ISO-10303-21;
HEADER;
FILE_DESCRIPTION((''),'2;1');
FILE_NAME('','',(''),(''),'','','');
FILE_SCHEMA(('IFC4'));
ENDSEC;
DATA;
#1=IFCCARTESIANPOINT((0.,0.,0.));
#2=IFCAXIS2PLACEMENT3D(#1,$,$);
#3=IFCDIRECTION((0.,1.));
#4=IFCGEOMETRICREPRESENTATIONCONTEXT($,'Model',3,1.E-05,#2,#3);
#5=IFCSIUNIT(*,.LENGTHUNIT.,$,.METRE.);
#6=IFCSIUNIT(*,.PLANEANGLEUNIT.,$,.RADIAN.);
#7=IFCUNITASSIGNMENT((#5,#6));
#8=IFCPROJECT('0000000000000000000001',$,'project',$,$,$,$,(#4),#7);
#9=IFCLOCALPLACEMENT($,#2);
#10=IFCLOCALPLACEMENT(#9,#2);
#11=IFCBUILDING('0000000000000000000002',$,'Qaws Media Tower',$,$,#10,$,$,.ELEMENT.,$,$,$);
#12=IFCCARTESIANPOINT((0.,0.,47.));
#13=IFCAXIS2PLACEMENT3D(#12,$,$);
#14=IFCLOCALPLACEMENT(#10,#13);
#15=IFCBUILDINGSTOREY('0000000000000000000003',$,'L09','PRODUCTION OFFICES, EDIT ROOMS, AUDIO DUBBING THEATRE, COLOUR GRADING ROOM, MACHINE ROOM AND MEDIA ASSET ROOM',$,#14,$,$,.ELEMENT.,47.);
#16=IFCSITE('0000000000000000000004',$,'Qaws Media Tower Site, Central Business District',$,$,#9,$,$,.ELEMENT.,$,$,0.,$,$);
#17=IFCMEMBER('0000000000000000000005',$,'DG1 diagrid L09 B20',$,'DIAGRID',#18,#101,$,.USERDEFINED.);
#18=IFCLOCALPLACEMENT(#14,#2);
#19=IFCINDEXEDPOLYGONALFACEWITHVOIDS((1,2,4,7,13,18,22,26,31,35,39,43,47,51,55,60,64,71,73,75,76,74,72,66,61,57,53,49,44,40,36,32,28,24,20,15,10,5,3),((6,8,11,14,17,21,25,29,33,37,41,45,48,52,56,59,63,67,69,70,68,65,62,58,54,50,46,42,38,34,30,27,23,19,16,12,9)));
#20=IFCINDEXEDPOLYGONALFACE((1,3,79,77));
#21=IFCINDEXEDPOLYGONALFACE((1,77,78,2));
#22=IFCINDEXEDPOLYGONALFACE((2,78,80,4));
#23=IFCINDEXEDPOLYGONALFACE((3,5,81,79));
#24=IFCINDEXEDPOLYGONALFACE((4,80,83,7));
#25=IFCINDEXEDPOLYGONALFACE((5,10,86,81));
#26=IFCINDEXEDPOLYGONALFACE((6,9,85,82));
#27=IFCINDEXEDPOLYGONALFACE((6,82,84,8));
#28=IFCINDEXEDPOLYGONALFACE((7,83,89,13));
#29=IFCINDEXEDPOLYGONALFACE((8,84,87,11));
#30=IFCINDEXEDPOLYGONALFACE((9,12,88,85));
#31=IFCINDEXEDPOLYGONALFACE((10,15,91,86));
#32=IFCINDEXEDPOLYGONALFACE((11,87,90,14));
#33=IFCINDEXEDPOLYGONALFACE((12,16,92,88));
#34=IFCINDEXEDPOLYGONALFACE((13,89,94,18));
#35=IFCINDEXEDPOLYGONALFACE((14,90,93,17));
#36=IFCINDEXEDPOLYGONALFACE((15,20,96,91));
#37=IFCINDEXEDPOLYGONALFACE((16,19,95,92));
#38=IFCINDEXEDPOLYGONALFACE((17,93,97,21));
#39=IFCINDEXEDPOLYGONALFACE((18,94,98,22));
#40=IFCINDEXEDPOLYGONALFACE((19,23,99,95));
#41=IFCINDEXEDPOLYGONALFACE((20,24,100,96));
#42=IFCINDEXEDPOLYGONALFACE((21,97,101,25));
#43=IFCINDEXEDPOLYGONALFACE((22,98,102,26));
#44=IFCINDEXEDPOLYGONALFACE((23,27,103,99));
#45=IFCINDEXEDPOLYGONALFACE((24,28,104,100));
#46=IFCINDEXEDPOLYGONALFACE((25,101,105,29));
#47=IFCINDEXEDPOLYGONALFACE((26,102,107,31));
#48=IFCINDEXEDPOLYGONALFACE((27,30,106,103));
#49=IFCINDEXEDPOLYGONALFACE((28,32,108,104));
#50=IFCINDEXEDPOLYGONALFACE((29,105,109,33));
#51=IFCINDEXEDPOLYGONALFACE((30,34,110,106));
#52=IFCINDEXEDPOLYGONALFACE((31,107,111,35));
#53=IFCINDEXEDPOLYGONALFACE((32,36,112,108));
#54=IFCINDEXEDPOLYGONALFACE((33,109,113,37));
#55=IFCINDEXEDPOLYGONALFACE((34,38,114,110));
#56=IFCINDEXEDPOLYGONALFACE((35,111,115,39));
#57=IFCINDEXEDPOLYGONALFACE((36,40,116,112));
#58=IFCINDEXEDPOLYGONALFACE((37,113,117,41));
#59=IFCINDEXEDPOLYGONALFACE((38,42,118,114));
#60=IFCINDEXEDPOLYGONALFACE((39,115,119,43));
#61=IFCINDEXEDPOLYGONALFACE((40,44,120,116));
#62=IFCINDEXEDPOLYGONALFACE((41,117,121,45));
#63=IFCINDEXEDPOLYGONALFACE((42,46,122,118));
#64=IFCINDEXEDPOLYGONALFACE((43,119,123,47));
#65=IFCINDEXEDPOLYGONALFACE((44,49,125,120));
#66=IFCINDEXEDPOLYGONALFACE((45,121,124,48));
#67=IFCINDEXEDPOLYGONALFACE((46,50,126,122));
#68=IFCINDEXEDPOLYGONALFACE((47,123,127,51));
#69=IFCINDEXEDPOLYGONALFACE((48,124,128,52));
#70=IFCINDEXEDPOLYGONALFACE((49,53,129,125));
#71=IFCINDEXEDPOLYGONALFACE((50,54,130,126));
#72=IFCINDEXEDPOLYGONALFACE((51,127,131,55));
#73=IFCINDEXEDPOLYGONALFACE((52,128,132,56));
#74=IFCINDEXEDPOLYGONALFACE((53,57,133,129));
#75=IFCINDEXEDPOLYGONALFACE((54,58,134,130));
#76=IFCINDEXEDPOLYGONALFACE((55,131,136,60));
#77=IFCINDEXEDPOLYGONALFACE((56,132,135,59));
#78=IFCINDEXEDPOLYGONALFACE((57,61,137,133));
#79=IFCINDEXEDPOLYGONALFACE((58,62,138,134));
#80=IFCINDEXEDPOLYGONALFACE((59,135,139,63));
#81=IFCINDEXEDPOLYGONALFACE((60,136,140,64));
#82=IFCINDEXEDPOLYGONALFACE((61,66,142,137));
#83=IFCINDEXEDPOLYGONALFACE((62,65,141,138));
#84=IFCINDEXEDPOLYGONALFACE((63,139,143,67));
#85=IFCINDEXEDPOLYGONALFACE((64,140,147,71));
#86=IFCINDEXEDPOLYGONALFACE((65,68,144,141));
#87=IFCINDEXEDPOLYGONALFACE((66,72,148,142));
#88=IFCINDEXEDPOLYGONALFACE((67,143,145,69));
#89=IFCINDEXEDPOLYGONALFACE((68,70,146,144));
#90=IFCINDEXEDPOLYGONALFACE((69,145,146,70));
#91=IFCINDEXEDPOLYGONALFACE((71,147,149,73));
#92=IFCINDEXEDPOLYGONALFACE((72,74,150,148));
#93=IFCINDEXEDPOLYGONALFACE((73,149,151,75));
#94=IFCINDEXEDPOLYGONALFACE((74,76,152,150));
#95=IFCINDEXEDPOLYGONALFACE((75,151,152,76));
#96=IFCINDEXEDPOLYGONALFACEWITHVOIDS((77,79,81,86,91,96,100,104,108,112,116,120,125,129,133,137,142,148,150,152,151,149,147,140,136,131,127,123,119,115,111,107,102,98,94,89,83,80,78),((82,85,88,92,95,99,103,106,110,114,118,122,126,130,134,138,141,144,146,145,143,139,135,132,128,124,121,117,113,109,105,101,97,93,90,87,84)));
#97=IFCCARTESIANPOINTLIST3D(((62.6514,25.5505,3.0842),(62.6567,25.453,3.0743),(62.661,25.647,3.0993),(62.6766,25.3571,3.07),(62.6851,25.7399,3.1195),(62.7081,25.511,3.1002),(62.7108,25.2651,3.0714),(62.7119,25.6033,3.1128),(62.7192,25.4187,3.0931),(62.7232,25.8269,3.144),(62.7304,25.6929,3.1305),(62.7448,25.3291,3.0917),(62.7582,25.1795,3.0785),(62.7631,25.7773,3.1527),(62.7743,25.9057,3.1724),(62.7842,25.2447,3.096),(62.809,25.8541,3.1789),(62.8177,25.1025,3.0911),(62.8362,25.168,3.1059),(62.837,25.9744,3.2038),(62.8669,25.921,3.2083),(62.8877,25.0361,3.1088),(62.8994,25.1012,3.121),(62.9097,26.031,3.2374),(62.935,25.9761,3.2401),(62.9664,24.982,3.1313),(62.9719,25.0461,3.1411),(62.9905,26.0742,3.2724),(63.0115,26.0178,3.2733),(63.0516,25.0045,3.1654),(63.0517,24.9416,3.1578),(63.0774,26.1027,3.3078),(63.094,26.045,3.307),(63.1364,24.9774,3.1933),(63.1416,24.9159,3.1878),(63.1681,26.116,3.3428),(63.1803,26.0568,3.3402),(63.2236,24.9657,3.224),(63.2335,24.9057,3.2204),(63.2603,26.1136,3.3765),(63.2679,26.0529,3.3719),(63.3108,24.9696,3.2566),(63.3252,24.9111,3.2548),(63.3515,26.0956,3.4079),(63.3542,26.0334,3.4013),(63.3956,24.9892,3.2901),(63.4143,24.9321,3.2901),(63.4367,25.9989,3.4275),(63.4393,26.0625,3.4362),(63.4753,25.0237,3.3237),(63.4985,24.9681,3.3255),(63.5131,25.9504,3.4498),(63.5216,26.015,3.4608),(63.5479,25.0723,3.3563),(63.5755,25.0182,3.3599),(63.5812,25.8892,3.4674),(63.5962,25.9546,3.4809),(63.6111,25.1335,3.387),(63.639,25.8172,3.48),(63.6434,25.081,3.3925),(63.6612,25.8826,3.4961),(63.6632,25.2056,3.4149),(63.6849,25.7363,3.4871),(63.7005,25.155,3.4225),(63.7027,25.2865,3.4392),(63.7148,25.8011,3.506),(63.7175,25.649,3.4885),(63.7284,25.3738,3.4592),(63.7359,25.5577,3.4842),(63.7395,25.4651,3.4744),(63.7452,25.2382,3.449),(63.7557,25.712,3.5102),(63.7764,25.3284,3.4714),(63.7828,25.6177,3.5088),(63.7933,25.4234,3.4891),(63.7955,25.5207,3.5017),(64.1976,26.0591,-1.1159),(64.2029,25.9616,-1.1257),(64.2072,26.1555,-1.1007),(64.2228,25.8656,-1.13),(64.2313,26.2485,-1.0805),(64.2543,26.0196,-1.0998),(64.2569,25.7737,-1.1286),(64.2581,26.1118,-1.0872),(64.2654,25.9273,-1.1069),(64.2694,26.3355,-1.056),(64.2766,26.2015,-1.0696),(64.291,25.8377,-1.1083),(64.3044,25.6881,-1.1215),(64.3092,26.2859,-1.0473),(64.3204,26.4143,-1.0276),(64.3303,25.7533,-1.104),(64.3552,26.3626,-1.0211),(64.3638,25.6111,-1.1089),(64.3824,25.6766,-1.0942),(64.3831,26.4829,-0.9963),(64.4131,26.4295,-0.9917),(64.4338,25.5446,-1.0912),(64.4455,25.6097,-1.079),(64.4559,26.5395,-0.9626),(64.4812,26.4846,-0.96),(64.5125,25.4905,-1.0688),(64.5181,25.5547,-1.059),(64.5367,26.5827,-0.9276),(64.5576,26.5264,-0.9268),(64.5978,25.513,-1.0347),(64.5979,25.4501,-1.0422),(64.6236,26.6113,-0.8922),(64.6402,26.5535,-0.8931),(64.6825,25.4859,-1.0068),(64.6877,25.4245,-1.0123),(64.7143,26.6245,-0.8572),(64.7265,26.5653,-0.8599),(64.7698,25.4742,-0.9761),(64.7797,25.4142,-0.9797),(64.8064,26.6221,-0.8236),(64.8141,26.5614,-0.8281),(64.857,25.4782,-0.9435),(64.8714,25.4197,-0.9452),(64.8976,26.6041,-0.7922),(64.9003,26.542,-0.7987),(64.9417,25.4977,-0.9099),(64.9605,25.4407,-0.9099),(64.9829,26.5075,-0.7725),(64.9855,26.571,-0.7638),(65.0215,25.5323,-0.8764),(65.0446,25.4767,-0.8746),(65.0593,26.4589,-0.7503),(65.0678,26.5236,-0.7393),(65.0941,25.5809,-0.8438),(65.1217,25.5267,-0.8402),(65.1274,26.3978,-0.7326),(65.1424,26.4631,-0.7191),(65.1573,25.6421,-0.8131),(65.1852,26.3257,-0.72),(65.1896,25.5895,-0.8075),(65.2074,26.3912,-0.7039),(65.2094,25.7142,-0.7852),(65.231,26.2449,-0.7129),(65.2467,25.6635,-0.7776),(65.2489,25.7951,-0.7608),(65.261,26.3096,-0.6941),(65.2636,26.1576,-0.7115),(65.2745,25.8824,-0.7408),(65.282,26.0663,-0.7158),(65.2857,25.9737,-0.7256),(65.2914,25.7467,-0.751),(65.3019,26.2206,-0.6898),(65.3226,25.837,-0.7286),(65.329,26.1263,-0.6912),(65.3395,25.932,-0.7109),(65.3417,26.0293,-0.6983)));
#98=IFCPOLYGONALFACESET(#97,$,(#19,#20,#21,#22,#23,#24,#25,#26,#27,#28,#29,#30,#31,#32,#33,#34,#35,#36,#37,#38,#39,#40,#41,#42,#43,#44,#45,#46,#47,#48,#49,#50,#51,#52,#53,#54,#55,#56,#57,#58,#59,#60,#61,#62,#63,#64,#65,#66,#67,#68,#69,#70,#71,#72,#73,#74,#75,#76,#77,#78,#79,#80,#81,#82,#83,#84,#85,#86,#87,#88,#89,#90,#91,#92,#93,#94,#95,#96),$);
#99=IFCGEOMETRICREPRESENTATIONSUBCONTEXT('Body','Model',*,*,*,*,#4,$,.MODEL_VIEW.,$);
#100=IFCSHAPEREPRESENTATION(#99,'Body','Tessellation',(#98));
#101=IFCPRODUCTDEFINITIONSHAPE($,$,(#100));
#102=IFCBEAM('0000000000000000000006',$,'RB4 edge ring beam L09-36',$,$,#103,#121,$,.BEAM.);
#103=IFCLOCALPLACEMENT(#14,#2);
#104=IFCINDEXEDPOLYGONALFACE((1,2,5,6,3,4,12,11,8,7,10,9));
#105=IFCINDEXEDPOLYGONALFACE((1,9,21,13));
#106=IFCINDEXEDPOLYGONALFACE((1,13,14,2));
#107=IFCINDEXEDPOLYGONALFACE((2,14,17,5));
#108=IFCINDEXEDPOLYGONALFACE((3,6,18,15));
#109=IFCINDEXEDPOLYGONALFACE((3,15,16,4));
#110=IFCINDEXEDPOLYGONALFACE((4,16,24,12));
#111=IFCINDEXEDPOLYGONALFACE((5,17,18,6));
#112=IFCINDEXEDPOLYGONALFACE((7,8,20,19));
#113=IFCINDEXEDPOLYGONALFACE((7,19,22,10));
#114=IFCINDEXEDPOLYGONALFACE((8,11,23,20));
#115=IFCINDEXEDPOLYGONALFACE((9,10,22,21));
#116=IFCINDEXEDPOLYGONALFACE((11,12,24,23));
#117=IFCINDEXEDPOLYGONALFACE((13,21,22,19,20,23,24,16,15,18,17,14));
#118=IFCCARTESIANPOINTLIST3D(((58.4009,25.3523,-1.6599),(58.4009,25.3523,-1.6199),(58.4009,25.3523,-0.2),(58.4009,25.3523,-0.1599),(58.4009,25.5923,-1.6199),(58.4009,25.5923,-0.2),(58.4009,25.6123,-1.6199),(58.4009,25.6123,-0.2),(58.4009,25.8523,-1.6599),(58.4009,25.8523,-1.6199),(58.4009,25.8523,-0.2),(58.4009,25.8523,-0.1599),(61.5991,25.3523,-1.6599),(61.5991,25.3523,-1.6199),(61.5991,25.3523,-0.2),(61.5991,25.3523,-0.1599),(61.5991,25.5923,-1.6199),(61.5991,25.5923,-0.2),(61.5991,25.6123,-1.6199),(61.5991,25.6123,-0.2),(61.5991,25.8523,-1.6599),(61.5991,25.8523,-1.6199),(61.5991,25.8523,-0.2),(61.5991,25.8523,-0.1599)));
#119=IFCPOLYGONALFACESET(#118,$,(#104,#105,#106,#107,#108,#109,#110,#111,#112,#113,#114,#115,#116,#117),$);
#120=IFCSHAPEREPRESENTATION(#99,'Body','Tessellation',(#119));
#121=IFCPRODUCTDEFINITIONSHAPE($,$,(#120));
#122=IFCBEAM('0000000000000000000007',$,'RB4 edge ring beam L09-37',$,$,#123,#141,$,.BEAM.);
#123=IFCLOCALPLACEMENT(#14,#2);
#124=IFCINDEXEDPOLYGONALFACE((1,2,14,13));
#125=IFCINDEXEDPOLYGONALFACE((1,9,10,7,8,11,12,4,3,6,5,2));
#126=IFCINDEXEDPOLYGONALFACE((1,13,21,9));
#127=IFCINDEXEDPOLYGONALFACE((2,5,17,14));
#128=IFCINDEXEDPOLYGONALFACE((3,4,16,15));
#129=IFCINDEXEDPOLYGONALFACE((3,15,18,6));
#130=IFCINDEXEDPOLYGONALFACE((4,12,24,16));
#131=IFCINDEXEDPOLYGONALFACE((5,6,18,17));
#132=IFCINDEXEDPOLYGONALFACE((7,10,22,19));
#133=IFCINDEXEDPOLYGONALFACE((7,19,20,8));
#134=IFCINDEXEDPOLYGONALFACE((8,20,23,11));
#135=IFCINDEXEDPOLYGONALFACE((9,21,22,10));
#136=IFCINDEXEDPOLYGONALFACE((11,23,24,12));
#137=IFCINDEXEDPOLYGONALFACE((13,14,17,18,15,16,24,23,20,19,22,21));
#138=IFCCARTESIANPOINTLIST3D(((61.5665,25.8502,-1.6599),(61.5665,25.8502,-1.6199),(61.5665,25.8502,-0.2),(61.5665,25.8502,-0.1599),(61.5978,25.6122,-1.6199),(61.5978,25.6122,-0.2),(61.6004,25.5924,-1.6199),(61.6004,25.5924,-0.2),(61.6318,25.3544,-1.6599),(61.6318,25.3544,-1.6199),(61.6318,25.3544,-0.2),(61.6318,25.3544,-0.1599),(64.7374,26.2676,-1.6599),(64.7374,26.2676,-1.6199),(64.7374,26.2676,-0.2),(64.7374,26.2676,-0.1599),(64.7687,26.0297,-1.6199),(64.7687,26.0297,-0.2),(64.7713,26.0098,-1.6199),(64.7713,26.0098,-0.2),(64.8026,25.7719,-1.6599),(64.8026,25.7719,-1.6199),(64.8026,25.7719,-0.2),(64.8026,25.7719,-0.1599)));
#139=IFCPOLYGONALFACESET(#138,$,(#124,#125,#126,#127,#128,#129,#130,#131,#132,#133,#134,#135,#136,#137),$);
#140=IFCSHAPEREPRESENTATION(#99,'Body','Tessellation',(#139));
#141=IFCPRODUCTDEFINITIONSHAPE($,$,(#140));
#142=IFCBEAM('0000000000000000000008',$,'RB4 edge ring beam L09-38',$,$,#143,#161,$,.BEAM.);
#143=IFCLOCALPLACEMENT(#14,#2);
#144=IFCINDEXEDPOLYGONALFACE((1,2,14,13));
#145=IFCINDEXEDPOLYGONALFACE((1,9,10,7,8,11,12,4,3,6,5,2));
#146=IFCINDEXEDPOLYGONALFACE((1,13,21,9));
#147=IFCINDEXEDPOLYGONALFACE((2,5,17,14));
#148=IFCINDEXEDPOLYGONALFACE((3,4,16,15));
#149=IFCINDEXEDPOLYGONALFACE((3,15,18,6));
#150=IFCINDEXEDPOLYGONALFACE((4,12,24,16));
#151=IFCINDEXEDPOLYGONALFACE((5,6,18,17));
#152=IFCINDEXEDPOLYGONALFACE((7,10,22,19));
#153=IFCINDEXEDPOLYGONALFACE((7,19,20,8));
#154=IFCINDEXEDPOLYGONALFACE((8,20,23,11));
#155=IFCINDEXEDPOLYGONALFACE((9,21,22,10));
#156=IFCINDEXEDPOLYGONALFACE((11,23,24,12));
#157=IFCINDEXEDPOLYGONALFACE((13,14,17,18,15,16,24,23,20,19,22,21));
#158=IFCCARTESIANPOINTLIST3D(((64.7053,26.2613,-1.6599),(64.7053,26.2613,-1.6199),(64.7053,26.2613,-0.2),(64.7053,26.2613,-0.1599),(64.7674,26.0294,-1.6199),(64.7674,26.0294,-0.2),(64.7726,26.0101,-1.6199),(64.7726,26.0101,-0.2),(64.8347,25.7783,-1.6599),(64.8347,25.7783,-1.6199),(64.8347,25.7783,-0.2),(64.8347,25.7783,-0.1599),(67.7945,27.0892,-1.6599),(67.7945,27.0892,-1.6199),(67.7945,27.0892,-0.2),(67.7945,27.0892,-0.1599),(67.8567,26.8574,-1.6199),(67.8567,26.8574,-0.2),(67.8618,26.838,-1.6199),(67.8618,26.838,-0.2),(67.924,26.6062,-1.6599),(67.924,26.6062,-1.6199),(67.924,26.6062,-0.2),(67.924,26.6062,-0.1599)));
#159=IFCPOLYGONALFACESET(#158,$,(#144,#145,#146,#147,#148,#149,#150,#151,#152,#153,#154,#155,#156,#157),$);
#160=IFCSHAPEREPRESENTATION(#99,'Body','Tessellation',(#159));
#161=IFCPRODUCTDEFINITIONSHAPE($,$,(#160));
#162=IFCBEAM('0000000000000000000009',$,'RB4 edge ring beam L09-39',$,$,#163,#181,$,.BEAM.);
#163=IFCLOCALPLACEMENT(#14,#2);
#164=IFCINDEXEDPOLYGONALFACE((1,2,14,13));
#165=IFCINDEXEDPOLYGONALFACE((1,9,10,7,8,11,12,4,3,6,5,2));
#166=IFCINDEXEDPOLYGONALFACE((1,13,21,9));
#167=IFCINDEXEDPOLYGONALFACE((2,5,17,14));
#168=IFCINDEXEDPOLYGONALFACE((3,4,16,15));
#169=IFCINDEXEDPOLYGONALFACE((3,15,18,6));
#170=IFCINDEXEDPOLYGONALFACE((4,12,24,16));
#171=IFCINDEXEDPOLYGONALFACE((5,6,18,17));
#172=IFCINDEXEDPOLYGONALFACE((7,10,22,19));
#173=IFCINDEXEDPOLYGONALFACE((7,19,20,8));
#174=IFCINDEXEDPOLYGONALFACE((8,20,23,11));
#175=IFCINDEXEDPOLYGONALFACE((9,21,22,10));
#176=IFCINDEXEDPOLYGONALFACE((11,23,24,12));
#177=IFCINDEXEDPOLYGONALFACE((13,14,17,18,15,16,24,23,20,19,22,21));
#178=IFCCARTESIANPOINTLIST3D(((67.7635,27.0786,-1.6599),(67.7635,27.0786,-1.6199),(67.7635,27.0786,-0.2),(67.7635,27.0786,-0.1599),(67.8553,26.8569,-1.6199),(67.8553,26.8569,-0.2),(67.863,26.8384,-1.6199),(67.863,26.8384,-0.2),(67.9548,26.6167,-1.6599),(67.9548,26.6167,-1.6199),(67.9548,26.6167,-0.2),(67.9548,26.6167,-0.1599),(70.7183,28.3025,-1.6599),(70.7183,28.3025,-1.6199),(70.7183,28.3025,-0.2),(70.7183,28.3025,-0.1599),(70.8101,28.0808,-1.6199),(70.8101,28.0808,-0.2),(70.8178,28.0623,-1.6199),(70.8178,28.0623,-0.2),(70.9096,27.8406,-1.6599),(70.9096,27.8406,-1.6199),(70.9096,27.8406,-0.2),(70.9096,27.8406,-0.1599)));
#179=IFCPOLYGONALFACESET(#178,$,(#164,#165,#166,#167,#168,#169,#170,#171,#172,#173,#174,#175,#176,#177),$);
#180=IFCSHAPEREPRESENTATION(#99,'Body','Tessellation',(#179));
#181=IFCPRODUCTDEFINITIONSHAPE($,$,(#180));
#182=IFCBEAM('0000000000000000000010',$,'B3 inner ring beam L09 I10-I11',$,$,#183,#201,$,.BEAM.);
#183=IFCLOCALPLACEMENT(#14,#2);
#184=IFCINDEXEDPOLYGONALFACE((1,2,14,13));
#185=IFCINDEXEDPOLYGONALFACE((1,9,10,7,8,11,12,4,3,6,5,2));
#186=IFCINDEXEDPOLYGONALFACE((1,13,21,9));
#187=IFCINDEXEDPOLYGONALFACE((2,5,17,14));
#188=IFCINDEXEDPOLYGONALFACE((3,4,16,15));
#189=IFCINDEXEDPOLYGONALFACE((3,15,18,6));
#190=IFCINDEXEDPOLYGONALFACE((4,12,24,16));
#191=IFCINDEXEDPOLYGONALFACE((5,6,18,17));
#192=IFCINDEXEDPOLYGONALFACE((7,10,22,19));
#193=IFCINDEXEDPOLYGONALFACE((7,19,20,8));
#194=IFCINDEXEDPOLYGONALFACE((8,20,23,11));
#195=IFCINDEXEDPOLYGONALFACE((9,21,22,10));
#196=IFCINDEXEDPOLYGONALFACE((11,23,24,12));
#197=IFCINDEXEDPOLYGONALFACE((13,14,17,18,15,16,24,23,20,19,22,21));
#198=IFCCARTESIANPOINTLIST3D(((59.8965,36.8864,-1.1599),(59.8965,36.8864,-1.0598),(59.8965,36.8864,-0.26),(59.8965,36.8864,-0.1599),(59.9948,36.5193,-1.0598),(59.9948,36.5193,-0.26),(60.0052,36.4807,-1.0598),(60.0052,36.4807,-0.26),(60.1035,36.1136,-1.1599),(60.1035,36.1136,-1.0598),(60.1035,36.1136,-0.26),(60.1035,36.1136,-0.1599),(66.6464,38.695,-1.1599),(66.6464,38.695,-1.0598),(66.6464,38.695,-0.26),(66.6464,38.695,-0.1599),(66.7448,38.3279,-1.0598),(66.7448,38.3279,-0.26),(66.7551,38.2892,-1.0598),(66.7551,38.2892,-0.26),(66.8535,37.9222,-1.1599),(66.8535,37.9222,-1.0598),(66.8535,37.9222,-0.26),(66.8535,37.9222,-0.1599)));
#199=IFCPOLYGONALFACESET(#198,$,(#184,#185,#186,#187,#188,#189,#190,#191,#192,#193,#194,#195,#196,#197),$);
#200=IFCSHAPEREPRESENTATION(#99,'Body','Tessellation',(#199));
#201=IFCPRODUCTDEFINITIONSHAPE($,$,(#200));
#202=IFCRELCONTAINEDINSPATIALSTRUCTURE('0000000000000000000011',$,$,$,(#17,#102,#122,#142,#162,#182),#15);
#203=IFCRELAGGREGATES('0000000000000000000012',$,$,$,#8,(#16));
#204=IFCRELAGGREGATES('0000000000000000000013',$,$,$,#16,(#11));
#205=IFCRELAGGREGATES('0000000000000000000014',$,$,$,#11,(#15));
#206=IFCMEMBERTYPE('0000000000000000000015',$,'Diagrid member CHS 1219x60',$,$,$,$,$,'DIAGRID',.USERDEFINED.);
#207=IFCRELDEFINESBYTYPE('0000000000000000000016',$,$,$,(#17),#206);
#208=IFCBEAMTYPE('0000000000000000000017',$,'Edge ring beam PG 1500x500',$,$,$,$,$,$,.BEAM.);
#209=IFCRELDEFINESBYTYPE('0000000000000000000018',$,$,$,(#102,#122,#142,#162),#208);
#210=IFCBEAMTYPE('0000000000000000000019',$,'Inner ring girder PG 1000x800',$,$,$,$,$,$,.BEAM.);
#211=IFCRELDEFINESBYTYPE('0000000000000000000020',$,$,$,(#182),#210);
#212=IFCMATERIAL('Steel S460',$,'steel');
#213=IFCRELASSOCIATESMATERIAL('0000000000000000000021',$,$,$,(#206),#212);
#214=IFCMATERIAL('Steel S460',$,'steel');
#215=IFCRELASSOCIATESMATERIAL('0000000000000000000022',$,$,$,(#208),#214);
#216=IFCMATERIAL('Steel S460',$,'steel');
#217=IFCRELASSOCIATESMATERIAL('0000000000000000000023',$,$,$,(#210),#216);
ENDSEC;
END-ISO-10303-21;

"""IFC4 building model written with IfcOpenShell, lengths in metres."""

from ifc_helpers import new_model, si_unit, direction, frame, origin, origin_2d, place, context, subcontext, project, spatial, hollow_circle, i_section, extrude, material, material_profile, profile_set, type_object, element, save


model = new_model("IFC4")

# Units and contexts
model_context = context("Model", 3, precision=1e-05, world=origin(), true_north=direction((0.0, 1.0)))
body_context = subcontext(model_context, "Body", "Model", "MODEL_VIEW")
ifc_project = project(units=[si_unit("LENGTHUNIT", "METRE"), si_unit("PLANEANGLEUNIT", "RADIAN")], contexts=[model_context])

# Site, building, storey
site_placement = place(None, origin())
site = spatial("IfcSite", under=ifc_project, at=site_placement, Name="Qaws Media Tower Site, Central Business District", CompositionType="ELEMENT", RefElevation=0.0)
building_placement = place(site_placement, origin())
building = spatial("IfcBuilding", under=site, at=building_placement, Name="Qaws Media Tower", CompositionType="ELEMENT")
storey_placement = place(building_placement, frame((0.0, 0.0, 47.0)))
storey = spatial("IfcBuildingStorey", under=building, at=storey_placement, Name="L09", Description="PRODUCTION OFFICES, EDIT ROOMS, AUDIO DUBBING THEATRE, COLOUR GRADING ROOM, MACHINE ROOM AND MEDIA ASSET ROOM", CompositionType="ELEMENT", Elevation=47.0)

# Member
ifc_material_1 = material(Name="Steel S460", Category="steel")
ifc_material_profile_1 = material_profile(ifc_material_1, hollow_circle(Radius=0.6096, WallThickness=0.0601, at=origin_2d()), Name="CHS 1219x60")
ifc_profile_set_1 = profile_set([ifc_material_profile_1], Name="Steel S460")
member_type_1 = type_object("IfcMemberType", Name="Diagrid member CHS 1219x60", ElementType="DIAGRID", PredefinedType="USERDEFINED", material=ifc_profile_set_1)
for number, where, z_axis, x_axis, name in (
    (1, (64.77, 26.0198, -0.9099), (-0.343259, -0.112902, 0.93243), (0.312445, -0.949936, 0.0), "DG1 diagrid L09 B20"),
):
    element("IfcMember", number, at=place(storey_placement, frame(where, z_axis=z_axis, x_axis=x_axis)), inside=storey, type_object=member_type_1, Name=name, ObjectType="DIAGRID", PredefinedType="USERDEFINED", context=body_context, shape_type="SweptSolid", body=[
        extrude(hollow_circle(Radius=0.6096, WallThickness=0.0601, at=origin_2d()), origin(), (0.0, 0.0, 1.0), 4.5044),
    ])

# Beams
ifc_material_2 = material(Name="Steel S460", Category="steel")
ifc_material_profile_2 = material_profile(ifc_material_2, i_section(OverallWidth=0.5, OverallDepth=1.5, WebThickness=0.02, FlangeThickness=0.04, at=origin_2d()), Name="PG 1500x500")
ifc_profile_set_2 = profile_set([ifc_material_profile_2], Name="Steel S460")
beam_type_1 = type_object("IfcBeamType", Name="Edge ring beam PG 1500x500", PredefinedType="BEAM", material=ifc_profile_set_2)
for number, where, z_axis, x_axis, name in (
    (2, (58.4009, 25.6023, -0.9099), (1.0, 0.0, 0.0), (0.0, 1.0, 0.0), "RB4 edge ring beam L09-36"),
    (3, (61.5991, 25.6023, -0.9099), (0.991444, 0.130533, 0.0), (-0.130533, 0.991444, 0.0), "RB4 edge ring beam L09-37"),
    (4, (64.77, 26.0198, -0.9099), (0.965914, 0.258865, 0.0), (-0.258865, 0.965914, 0.0), "RB4 edge ring beam L09-38"),
    (5, (67.8591, 26.8477, -0.9099), (0.923886, 0.382669, 0.0), (-0.382669, 0.923886, 0.0), "RB4 edge ring beam L09-39"),
):
    element("IfcBeam", number, at=place(storey_placement, frame(where, z_axis=z_axis, x_axis=x_axis)), inside=storey, type_object=beam_type_1, Name=name, PredefinedType="BEAM", context=body_context, shape_type="SweptSolid", body=[
        extrude(i_section(OverallWidth=0.5, OverallDepth=1.5, WebThickness=0.02, FlangeThickness=0.04, at=origin_2d()), origin(), (0.0, 0.0, 1.0), 3.1982),
    ])
ifc_material_3 = material(Name="Steel S460", Category="steel")
ifc_material_profile_3 = material_profile(ifc_material_3, i_section(OverallWidth=0.8, OverallDepth=1.0, WebThickness=0.04, FlangeThickness=0.1001, at=origin_2d()), Name="PG 1000x800")
ifc_profile_set_3 = profile_set([ifc_material_profile_3], Name="Steel S460")
beam_type_2 = type_object("IfcBeamType", Name="Inner ring girder PG 1000x800", PredefinedType="BEAM", material=ifc_profile_set_3)
beam_1_placement = place(storey_placement, frame((60.0, 36.5, -0.6599), z_axis=(0.965928, 0.258811, 0.0), x_axis=(-0.258811, 0.965928, 0.0)))
element("IfcBeam", 6, at=beam_1_placement, inside=storey, type_object=beam_type_2, Name="B3 inner ring beam L09 I10-I11", PredefinedType="BEAM", context=body_context, shape_type="SweptSolid", body=[
    extrude(i_section(OverallWidth=0.8, OverallDepth=1.0, WebThickness=0.04, FlangeThickness=0.1001, at=origin_2d()), origin(), (0.0, 0.0, 1.0), 6.988),
])

save(model, "model.ifc")
